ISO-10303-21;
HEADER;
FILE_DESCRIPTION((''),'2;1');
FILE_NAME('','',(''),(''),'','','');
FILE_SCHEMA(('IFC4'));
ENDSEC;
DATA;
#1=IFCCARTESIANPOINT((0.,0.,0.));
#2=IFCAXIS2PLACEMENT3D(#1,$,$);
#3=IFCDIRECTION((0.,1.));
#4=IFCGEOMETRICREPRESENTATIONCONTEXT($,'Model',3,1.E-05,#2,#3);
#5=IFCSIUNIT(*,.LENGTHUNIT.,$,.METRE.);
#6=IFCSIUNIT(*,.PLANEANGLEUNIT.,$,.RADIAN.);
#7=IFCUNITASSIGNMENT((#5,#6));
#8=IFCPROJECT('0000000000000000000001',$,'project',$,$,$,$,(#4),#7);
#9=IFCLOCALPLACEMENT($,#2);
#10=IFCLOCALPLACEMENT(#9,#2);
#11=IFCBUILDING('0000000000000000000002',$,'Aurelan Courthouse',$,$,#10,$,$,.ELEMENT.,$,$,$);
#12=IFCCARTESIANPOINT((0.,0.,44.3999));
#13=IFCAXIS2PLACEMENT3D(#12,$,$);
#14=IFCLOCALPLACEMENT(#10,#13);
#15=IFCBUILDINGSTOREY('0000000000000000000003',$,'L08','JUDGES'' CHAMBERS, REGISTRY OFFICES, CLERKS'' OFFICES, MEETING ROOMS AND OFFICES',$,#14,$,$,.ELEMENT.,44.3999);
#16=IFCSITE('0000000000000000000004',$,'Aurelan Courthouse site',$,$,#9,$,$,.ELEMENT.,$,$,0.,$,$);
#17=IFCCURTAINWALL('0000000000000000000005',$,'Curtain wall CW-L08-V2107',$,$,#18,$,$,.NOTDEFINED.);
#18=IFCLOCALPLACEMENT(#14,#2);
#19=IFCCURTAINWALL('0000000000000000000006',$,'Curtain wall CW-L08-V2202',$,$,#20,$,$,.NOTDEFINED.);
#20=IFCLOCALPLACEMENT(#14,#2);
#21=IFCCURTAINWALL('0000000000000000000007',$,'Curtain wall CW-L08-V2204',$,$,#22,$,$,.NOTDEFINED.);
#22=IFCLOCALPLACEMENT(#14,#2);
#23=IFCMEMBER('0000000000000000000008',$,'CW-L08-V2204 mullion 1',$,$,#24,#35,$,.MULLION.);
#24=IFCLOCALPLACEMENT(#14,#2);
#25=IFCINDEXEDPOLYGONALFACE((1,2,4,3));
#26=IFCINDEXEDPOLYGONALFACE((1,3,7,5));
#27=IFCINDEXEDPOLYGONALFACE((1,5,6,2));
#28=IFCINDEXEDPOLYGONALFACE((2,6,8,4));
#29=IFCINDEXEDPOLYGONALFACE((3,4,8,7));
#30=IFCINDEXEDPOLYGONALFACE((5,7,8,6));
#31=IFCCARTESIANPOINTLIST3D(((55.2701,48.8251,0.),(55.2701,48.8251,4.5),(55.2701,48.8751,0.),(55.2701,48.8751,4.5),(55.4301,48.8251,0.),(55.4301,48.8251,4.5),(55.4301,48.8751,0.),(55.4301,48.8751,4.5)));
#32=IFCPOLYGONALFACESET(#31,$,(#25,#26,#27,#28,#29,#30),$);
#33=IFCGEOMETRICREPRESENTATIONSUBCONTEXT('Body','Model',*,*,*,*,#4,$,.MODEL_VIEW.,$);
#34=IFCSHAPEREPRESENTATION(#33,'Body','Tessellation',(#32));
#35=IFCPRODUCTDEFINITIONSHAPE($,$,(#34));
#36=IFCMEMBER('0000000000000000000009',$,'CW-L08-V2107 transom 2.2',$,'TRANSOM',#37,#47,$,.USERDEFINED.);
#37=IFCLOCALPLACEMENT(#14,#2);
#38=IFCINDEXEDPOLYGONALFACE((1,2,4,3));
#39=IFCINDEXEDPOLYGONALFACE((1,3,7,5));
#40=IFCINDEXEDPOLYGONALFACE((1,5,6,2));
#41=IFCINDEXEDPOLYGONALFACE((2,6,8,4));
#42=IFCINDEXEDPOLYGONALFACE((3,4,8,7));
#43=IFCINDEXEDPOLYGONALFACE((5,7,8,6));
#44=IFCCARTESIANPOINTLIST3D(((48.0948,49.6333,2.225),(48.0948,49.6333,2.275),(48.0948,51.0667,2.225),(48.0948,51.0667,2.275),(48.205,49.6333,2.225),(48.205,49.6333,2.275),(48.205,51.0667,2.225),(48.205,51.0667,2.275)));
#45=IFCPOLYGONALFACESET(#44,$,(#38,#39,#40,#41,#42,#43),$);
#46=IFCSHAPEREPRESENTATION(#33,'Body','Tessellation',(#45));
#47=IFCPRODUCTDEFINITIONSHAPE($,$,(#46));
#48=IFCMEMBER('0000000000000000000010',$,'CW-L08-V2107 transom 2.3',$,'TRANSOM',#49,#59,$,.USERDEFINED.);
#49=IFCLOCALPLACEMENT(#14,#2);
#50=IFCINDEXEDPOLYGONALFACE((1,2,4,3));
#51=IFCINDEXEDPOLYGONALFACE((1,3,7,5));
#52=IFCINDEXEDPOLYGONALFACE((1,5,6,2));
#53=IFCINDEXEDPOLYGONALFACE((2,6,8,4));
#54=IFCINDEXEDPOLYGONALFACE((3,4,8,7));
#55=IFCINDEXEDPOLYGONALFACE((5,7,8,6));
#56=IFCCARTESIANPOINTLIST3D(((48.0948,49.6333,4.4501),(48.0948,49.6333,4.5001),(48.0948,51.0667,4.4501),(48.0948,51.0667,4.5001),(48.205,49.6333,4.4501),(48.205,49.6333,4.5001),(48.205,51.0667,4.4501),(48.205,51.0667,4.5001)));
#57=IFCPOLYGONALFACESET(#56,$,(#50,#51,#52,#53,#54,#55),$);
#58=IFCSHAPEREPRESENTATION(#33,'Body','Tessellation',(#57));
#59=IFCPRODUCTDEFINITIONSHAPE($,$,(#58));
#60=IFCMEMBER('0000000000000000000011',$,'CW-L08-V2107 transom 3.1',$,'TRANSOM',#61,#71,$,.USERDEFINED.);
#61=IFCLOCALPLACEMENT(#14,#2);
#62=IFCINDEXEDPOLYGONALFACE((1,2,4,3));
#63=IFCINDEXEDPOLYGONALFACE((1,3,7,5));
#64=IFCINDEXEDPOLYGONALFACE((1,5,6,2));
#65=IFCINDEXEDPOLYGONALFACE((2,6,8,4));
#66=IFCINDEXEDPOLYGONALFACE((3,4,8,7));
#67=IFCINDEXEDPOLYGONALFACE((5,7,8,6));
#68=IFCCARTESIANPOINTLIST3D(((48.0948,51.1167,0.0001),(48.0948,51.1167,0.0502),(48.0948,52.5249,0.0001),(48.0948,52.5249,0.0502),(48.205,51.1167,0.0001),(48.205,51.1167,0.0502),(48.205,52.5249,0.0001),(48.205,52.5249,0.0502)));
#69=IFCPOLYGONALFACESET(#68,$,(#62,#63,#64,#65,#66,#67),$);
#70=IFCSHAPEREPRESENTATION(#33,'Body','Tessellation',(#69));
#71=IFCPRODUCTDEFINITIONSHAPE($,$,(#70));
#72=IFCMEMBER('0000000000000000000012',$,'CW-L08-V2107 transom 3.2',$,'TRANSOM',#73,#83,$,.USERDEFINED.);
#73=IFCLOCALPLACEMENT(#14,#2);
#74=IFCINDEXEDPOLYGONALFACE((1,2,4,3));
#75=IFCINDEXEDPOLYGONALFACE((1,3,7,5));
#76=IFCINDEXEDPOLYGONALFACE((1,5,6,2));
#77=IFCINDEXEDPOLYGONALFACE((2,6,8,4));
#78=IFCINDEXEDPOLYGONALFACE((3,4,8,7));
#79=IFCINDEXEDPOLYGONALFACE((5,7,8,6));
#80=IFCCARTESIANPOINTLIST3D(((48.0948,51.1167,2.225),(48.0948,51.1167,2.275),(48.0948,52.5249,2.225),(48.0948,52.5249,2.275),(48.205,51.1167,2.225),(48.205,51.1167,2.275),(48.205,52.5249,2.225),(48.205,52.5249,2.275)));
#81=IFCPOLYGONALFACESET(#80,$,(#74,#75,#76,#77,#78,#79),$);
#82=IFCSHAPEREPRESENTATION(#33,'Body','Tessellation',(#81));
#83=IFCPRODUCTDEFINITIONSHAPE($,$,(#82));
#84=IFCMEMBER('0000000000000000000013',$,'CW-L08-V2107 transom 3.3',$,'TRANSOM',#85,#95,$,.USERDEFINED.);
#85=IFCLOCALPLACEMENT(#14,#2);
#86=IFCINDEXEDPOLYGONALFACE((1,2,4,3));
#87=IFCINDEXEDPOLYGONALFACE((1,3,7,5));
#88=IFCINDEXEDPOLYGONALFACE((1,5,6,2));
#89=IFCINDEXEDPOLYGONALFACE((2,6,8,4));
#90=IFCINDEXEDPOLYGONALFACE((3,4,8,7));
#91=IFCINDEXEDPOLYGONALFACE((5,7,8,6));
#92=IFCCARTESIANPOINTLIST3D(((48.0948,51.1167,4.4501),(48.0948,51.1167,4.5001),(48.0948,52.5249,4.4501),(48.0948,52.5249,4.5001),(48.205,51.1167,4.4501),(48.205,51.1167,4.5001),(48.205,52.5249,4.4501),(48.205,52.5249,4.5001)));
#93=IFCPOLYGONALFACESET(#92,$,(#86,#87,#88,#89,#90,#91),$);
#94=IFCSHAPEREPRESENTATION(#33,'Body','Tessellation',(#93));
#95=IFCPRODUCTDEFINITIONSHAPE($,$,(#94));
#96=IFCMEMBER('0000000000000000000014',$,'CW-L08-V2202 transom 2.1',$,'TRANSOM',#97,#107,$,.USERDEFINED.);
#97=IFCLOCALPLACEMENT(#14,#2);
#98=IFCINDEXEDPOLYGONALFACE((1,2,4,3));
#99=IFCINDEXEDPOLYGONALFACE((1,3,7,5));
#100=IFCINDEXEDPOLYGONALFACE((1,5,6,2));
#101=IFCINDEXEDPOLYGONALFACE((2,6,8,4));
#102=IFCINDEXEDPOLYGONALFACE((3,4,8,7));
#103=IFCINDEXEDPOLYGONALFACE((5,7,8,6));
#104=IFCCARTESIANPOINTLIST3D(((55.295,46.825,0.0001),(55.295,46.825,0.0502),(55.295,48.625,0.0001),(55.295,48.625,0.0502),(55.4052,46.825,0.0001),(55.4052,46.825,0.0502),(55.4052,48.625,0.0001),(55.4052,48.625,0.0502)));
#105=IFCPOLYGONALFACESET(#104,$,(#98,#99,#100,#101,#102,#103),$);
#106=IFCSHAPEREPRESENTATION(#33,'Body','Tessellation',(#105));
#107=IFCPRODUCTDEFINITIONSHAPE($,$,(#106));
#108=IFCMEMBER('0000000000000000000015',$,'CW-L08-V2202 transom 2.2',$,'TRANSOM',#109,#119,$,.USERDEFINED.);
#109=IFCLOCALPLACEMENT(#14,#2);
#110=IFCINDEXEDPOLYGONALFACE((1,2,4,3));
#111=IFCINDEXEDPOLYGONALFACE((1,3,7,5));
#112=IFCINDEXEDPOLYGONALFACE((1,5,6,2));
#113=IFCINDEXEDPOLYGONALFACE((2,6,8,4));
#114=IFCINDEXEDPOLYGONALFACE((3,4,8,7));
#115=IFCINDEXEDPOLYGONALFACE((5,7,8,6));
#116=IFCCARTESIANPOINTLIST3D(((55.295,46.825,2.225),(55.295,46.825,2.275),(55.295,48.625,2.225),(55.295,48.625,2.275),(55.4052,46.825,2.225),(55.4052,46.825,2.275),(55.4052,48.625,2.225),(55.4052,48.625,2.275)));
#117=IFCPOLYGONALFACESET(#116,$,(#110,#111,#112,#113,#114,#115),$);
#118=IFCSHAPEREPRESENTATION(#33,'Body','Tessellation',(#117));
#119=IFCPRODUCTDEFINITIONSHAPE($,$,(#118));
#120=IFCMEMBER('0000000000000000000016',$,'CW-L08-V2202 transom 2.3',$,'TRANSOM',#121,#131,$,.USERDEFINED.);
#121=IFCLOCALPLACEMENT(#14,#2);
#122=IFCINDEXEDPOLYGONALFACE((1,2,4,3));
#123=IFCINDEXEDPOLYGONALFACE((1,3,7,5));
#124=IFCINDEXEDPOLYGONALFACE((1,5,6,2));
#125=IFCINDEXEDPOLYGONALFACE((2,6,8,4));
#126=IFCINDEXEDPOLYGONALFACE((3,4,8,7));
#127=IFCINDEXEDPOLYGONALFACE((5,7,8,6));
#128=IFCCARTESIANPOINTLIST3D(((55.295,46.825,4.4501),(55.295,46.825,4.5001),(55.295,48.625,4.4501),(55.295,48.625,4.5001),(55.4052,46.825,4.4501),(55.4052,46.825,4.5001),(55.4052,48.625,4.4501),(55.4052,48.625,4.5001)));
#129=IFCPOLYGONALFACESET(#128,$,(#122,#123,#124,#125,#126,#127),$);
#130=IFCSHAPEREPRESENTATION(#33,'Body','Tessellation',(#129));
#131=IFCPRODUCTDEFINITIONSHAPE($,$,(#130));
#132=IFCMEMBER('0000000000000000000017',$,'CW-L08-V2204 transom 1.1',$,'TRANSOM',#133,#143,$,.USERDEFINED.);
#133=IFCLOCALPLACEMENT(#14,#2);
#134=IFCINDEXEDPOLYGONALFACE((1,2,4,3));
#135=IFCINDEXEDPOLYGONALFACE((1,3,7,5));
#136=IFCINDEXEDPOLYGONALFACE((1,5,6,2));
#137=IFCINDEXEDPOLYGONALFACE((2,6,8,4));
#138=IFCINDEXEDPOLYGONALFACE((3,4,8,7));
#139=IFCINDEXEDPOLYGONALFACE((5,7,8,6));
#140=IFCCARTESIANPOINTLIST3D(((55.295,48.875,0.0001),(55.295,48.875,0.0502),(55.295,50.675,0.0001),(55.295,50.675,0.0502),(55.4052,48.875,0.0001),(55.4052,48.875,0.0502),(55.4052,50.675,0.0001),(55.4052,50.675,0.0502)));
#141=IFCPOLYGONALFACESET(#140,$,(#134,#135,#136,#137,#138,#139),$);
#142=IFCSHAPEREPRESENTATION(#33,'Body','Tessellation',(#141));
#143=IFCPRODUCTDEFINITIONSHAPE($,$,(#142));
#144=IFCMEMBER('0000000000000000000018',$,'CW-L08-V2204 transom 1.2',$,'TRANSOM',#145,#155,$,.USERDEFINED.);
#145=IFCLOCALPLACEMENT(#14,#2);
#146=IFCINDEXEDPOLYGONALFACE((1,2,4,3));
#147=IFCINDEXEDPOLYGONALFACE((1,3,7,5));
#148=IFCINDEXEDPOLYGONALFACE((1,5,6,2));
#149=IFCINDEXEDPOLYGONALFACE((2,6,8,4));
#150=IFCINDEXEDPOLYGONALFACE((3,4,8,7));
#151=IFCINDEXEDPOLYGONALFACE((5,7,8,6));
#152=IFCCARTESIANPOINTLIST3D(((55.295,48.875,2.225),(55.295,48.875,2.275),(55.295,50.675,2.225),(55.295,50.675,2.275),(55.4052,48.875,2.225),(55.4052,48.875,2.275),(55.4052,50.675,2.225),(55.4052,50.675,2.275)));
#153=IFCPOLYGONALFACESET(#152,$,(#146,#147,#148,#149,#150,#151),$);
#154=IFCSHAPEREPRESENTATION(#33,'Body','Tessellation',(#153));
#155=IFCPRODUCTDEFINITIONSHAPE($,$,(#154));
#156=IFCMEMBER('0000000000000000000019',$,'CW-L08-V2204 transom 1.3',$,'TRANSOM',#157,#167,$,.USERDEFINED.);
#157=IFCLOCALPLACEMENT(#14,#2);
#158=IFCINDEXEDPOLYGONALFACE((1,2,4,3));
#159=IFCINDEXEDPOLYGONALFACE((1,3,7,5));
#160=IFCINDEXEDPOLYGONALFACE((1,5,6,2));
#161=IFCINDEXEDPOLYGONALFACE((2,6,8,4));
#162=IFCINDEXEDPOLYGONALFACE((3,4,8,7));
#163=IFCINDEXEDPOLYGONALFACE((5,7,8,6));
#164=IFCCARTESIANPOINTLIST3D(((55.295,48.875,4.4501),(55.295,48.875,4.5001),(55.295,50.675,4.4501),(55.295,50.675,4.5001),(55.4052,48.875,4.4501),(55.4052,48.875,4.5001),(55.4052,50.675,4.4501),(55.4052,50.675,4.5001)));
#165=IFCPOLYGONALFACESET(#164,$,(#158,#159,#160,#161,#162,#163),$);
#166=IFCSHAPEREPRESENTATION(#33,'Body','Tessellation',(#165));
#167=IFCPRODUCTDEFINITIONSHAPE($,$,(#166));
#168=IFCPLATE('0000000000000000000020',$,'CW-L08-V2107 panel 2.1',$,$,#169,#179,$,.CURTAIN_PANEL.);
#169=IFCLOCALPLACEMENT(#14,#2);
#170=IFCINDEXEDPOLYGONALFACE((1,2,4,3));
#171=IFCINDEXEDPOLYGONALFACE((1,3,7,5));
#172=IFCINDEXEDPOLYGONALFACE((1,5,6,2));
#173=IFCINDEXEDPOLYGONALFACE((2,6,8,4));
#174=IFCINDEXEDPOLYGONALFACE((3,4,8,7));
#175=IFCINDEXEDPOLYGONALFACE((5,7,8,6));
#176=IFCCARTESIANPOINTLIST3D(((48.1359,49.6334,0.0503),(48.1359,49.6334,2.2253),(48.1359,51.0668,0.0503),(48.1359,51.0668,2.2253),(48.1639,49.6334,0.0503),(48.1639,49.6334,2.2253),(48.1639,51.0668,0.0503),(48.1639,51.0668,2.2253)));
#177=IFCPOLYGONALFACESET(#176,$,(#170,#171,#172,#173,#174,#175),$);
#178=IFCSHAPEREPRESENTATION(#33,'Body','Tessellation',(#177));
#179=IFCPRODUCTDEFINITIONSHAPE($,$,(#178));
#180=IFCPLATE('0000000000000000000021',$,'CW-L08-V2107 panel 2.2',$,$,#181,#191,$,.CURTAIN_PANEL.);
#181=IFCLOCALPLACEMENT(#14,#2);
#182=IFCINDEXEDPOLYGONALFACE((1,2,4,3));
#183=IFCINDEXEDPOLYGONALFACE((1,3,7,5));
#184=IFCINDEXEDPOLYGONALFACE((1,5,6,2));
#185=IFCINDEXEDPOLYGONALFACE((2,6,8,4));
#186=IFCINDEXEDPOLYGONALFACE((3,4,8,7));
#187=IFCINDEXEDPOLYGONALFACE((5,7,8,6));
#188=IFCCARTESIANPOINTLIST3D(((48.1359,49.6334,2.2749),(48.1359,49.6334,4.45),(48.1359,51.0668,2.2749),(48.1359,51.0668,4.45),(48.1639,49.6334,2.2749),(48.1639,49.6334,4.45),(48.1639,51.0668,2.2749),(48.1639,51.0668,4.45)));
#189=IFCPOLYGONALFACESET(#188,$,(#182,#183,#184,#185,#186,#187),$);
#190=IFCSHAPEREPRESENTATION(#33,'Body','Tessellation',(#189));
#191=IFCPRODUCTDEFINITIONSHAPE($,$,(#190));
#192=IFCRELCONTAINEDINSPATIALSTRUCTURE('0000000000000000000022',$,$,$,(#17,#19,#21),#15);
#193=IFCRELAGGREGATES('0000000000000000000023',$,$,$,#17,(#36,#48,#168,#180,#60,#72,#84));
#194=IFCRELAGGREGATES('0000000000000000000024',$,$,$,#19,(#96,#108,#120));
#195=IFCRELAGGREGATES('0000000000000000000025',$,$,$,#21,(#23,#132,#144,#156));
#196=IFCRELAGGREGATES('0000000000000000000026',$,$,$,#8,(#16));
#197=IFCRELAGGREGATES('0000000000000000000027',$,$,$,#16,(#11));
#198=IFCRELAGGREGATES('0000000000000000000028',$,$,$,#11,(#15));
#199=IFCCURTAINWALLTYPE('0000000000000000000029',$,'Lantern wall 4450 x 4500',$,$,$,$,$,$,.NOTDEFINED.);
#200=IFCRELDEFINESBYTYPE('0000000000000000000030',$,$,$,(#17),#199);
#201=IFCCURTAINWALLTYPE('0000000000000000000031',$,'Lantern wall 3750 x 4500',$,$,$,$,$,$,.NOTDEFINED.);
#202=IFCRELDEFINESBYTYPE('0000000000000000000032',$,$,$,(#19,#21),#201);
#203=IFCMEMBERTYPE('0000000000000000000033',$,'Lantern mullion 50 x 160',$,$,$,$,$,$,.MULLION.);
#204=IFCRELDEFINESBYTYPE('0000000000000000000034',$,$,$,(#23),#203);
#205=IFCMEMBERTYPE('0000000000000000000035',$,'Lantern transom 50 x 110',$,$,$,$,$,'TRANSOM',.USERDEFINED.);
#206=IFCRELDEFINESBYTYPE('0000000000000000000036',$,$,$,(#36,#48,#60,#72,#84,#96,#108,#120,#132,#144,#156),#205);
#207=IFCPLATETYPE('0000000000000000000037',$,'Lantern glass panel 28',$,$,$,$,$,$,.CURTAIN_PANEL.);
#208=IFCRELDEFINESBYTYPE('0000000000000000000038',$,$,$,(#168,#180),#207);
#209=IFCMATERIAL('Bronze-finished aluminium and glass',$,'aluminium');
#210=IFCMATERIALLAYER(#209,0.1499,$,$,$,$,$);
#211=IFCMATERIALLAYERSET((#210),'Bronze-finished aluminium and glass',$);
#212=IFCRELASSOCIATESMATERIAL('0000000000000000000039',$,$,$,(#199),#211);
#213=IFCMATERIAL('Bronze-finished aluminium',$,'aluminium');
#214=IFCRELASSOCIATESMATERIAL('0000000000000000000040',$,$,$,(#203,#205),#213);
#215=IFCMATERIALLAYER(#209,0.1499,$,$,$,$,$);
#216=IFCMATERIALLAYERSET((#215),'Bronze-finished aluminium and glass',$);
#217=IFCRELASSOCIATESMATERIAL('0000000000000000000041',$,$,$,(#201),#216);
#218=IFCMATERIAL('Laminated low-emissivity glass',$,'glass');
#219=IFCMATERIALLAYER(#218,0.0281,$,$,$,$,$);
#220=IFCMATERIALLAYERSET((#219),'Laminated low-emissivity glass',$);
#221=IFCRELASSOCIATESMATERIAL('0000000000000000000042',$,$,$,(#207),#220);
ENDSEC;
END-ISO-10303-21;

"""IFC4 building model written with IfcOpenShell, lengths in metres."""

from ifc_helpers import new_model, si_unit, direction, frame, origin, origin_2d, place, context, subcontext, project, spatial, rectangle, extrude, material, layer, layer_set, material_profile, profile_set, type_object, element, aggregate, save


model = new_model("IFC4")

# Units and contexts
model_context = context("Model", 3, precision=1e-05, world=origin(), true_north=direction((0.0, 1.0)))
body_context = subcontext(model_context, "Body", "Model", "MODEL_VIEW")
ifc_project = project(units=[si_unit("LENGTHUNIT", "METRE"), si_unit("PLANEANGLEUNIT", "RADIAN")], contexts=[model_context])

# Site, building, storey
site_placement = place(None, origin())
site = spatial("IfcSite", under=ifc_project, at=site_placement, Name="Aurelan Courthouse site", CompositionType="ELEMENT", RefElevation=0.0)
building_placement = place(site_placement, origin())
building = spatial("IfcBuilding", under=site, at=building_placement, Name="Aurelan Courthouse", CompositionType="ELEMENT")
storey_placement = place(building_placement, frame((0.0, 0.0, 44.3999)))
storey = spatial("IfcBuildingStorey", under=building, at=storey_placement, Name="L08", Description="JUDGES' CHAMBERS, REGISTRY OFFICES, CLERKS' OFFICES, MEETING ROOMS AND OFFICES", CompositionType="ELEMENT", Elevation=44.3999)

# Curtain walls
ifc_material_1 = material(Name="Bronze-finished aluminium and glass", Category="aluminium")
ifc_layer_1 = layer(ifc_material_1, 0.1499)
ifc_layer_set_1 = layer_set([ifc_layer_1], Name="Bronze-finished aluminium and glass")
curtain_wall_type_1 = type_object("IfcCurtainWallType", Name="Lantern wall 4450 x 4500", PredefinedType="NOTDEFINED", material=ifc_layer_set_1)
curtain_wall_1_placement = place(storey_placement, origin())
curtain_wall_1 = element("IfcCurtainWall", 1, at=curtain_wall_1_placement, inside=storey, type_object=curtain_wall_type_1, Name="Curtain wall CW-L08-V2107", PredefinedType="NOTDEFINED")
ifc_material_2 = material(Name="Bronze-finished aluminium", Category="aluminium")
ifc_material_profile_1 = material_profile(ifc_material_2, rectangle(XDim=0.1599, YDim=0.05, at=origin_2d()), Name="Lantern mullion 50 x 160")
ifc_profile_set_1 = profile_set([ifc_material_profile_1], Name="Bronze-finished aluminium")
member_type_1 = type_object("IfcMemberType", Name="Lantern mullion 50 x 160", PredefinedType="MULLION", material=ifc_profile_set_1)
ifc_layer_2 = layer(ifc_material_1, 0.1499)
ifc_layer_set_2 = layer_set([ifc_layer_2], Name="Bronze-finished aluminium and glass")
curtain_wall_type_2 = type_object("IfcCurtainWallType", Name="Lantern wall 3750 x 4500", PredefinedType="NOTDEFINED", material=ifc_layer_set_2)
curtain_wall_2_placement = place(storey_placement, origin())
curtain_wall_2 = element("IfcCurtainWall", 2, at=curtain_wall_2_placement, inside=storey, type_object=curtain_wall_type_2, Name="Curtain wall CW-L08-V2202", PredefinedType="NOTDEFINED")

# Curtain wall, member
curtain_wall_3_placement = place(storey_placement, origin())
curtain_wall_3 = element("IfcCurtainWall", 3, at=curtain_wall_3_placement, inside=storey, type_object=curtain_wall_type_2, Name="Curtain wall CW-L08-V2204", PredefinedType="NOTDEFINED")
member_1_placement = place(storey_placement, frame((55.3501, 48.8501, 0.0), z_axis=(0.0, 0.0, 1.0), x_axis=(-1.0, 0.0, 0.0)))
member_1 = element("IfcMember", 4, at=member_1_placement, type_object=member_type_1, Name="CW-L08-V2204 mullion 1", PredefinedType="MULLION", context=body_context, shape_type="SweptSolid", body=[
    extrude(rectangle(XDim=0.1599, YDim=0.05, at=origin_2d()), origin(), (0.0, 0.0, 1.0), 4.5),
])

# Members
ifc_material_profile_2 = material_profile(ifc_material_2, rectangle(XDim=0.1101, YDim=0.05, at=origin_2d()), Name="Lantern transom 50 x 110")
ifc_profile_set_2 = profile_set([ifc_material_profile_2], Name="Bronze-finished aluminium")
member_type_2 = type_object("IfcMemberType", Name="Lantern transom 50 x 110", ElementType="TRANSOM", PredefinedType="USERDEFINED", material=ifc_profile_set_2)
member_2_placement = place(storey_placement, frame((48.1499, 49.6333, 2.25), z_axis=(0.0, 1.0, 0.0), x_axis=(-1.0, 0.0, 0.0)))
member_2 = element("IfcMember", 5, at=member_2_placement, type_object=member_type_2, Name="CW-L08-V2107 transom 2.2", ObjectType="TRANSOM", PredefinedType="USERDEFINED", context=body_context, shape_type="SweptSolid", body=[
    extrude(rectangle(XDim=0.1101, YDim=0.05, at=origin_2d()), origin(), (0.0, 0.0, 1.0), 1.4333),
])
member_3_placement = place(storey_placement, frame((48.1499, 49.6333, 4.4751), z_axis=(0.0, 1.0, 0.0), x_axis=(-1.0, 0.0, 0.0)))
member_3 = element("IfcMember", 6, at=member_3_placement, type_object=member_type_2, Name="CW-L08-V2107 transom 2.3", ObjectType="TRANSOM", PredefinedType="USERDEFINED", context=body_context, shape_type="SweptSolid", body=[
    extrude(rectangle(XDim=0.1101, YDim=0.05, at=origin_2d()), origin(), (0.0, 0.0, 1.0), 1.4333),
])
member_4_placement = place(storey_placement, frame((48.1499, 51.1167, 0.0251), z_axis=(0.0, 1.0, 0.0), x_axis=(-1.0, 0.0, 0.0)))
member_4 = element("IfcMember", 7, at=member_4_placement, type_object=member_type_2, Name="CW-L08-V2107 transom 3.1", ObjectType="TRANSOM", PredefinedType="USERDEFINED", context=body_context, shape_type="SweptSolid", body=[
    extrude(rectangle(XDim=0.1101, YDim=0.05, at=origin_2d()), origin(), (0.0, 0.0, 1.0), 1.4082),
])
member_5_placement = place(storey_placement, frame((48.1499, 51.1167, 2.25), z_axis=(0.0, 1.0, 0.0), x_axis=(-1.0, 0.0, 0.0)))
member_5 = element("IfcMember", 8, at=member_5_placement, type_object=member_type_2, Name="CW-L08-V2107 transom 3.2", ObjectType="TRANSOM", PredefinedType="USERDEFINED", context=body_context, shape_type="SweptSolid", body=[
    extrude(rectangle(XDim=0.1101, YDim=0.05, at=origin_2d()), origin(), (0.0, 0.0, 1.0), 1.4082),
])
member_6_placement = place(storey_placement, frame((48.1499, 51.1167, 4.4751), z_axis=(0.0, 1.0, 0.0), x_axis=(-1.0, 0.0, 0.0)))
member_6 = element("IfcMember", 9, at=member_6_placement, type_object=member_type_2, Name="CW-L08-V2107 transom 3.3", ObjectType="TRANSOM", PredefinedType="USERDEFINED", context=body_context, shape_type="SweptSolid", body=[
    extrude(rectangle(XDim=0.1101, YDim=0.05, at=origin_2d()), origin(), (0.0, 0.0, 1.0), 1.4082),
])
member_7_placement = place(storey_placement, frame((55.3501, 46.825, 0.0251), z_axis=(0.0, 1.0, 0.0), x_axis=(-1.0, 0.0, 0.0)))
member_7 = element("IfcMember", 10, at=member_7_placement, type_object=member_type_2, Name="CW-L08-V2202 transom 2.1", ObjectType="TRANSOM", PredefinedType="USERDEFINED", context=body_context, shape_type="SweptSolid", body=[
    extrude(rectangle(XDim=0.1101, YDim=0.05, at=origin_2d()), origin(), (0.0, 0.0, 1.0), 1.8),
])
member_8_placement = place(storey_placement, frame((55.3501, 46.825, 2.25), z_axis=(0.0, 1.0, 0.0), x_axis=(-1.0, 0.0, 0.0)))
member_8 = element("IfcMember", 11, at=member_8_placement, type_object=member_type_2, Name="CW-L08-V2202 transom 2.2", ObjectType="TRANSOM", PredefinedType="USERDEFINED", context=body_context, shape_type="SweptSolid", body=[
    extrude(rectangle(XDim=0.1101, YDim=0.05, at=origin_2d()), origin(), (0.0, 0.0, 1.0), 1.8),
])
member_9_placement = place(storey_placement, frame((55.3501, 46.825, 4.4751), z_axis=(0.0, 1.0, 0.0), x_axis=(-1.0, 0.0, 0.0)))
member_9 = element("IfcMember", 12, at=member_9_placement, type_object=member_type_2, Name="CW-L08-V2202 transom 2.3", ObjectType="TRANSOM", PredefinedType="USERDEFINED", context=body_context, shape_type="SweptSolid", body=[
    extrude(rectangle(XDim=0.1101, YDim=0.05, at=origin_2d()), origin(), (0.0, 0.0, 1.0), 1.8),
])
member_10_placement = place(storey_placement, frame((55.3501, 48.875, 0.0251), z_axis=(0.0, 1.0, 0.0), x_axis=(-1.0, 0.0, 0.0)))
member_10 = element("IfcMember", 13, at=member_10_placement, type_object=member_type_2, Name="CW-L08-V2204 transom 1.1", ObjectType="TRANSOM", PredefinedType="USERDEFINED", context=body_context, shape_type="SweptSolid", body=[
    extrude(rectangle(XDim=0.1101, YDim=0.05, at=origin_2d()), origin(), (0.0, 0.0, 1.0), 1.8),
])
member_11_placement = place(storey_placement, frame((55.3501, 48.875, 2.25), z_axis=(0.0, 1.0, 0.0), x_axis=(-1.0, 0.0, 0.0)))
member_11 = element("IfcMember", 14, at=member_11_placement, type_object=member_type_2, Name="CW-L08-V2204 transom 1.2", ObjectType="TRANSOM", PredefinedType="USERDEFINED", context=body_context, shape_type="SweptSolid", body=[
    extrude(rectangle(XDim=0.1101, YDim=0.05, at=origin_2d()), origin(), (0.0, 0.0, 1.0), 1.8),
])
member_12_placement = place(storey_placement, frame((55.3501, 48.875, 4.4751), z_axis=(0.0, 1.0, 0.0), x_axis=(-1.0, 0.0, 0.0)))
member_12 = element("IfcMember", 15, at=member_12_placement, type_object=member_type_2, Name="CW-L08-V2204 transom 1.3", ObjectType="TRANSOM", PredefinedType="USERDEFINED", context=body_context, shape_type="SweptSolid", body=[
    extrude(rectangle(XDim=0.1101, YDim=0.05, at=origin_2d()), origin(), (0.0, 0.0, 1.0), 1.8),
])

# Plates
ifc_material_3 = material(Name="Laminated low-emissivity glass", Category="glass")
ifc_layer_3 = layer(ifc_material_3, 0.0281)
ifc_layer_set_3 = layer_set([ifc_layer_3], Name="Laminated low-emissivity glass")
plate_type = type_object("IfcPlateType", Name="Lantern glass panel 28", PredefinedType="CURTAIN_PANEL", material=ifc_layer_set_3)
plate_1_placement = place(storey_placement, frame((48.1499, 50.3501, 0.0503), z_axis=(0.0, 0.0, 1.0), x_axis=(0.0, 1.0, 0.0)))
plate_1 = element("IfcPlate", 16, at=plate_1_placement, type_object=plate_type, Name="CW-L08-V2107 panel 2.1", PredefinedType="CURTAIN_PANEL", context=body_context, shape_type="SweptSolid", body=[
    extrude(rectangle(XDim=1.4333, YDim=0.0281, at=origin_2d()), origin(), (0.0, 0.0, 1.0), 2.175),
])
plate_2_placement = place(storey_placement, frame((48.1499, 50.3501, 2.2749), z_axis=(0.0, 0.0, 1.0), x_axis=(0.0, 1.0, 0.0)))
plate_2 = element("IfcPlate", 17, at=plate_2_placement, type_object=plate_type, Name="CW-L08-V2107 panel 2.2", PredefinedType="CURTAIN_PANEL", context=body_context, shape_type="SweptSolid", body=[
    extrude(rectangle(XDim=1.4333, YDim=0.0281, at=origin_2d()), origin(), (0.0, 0.0, 1.0), 2.175),
])
aggregate(curtain_wall_1, [member_2, member_3, plate_1, plate_2, member_4, member_5, member_6])
aggregate(curtain_wall_2, [member_7, member_8, member_9])
aggregate(curtain_wall_3, [member_1, member_10, member_11, member_12])

save(model, "model.ifc")
